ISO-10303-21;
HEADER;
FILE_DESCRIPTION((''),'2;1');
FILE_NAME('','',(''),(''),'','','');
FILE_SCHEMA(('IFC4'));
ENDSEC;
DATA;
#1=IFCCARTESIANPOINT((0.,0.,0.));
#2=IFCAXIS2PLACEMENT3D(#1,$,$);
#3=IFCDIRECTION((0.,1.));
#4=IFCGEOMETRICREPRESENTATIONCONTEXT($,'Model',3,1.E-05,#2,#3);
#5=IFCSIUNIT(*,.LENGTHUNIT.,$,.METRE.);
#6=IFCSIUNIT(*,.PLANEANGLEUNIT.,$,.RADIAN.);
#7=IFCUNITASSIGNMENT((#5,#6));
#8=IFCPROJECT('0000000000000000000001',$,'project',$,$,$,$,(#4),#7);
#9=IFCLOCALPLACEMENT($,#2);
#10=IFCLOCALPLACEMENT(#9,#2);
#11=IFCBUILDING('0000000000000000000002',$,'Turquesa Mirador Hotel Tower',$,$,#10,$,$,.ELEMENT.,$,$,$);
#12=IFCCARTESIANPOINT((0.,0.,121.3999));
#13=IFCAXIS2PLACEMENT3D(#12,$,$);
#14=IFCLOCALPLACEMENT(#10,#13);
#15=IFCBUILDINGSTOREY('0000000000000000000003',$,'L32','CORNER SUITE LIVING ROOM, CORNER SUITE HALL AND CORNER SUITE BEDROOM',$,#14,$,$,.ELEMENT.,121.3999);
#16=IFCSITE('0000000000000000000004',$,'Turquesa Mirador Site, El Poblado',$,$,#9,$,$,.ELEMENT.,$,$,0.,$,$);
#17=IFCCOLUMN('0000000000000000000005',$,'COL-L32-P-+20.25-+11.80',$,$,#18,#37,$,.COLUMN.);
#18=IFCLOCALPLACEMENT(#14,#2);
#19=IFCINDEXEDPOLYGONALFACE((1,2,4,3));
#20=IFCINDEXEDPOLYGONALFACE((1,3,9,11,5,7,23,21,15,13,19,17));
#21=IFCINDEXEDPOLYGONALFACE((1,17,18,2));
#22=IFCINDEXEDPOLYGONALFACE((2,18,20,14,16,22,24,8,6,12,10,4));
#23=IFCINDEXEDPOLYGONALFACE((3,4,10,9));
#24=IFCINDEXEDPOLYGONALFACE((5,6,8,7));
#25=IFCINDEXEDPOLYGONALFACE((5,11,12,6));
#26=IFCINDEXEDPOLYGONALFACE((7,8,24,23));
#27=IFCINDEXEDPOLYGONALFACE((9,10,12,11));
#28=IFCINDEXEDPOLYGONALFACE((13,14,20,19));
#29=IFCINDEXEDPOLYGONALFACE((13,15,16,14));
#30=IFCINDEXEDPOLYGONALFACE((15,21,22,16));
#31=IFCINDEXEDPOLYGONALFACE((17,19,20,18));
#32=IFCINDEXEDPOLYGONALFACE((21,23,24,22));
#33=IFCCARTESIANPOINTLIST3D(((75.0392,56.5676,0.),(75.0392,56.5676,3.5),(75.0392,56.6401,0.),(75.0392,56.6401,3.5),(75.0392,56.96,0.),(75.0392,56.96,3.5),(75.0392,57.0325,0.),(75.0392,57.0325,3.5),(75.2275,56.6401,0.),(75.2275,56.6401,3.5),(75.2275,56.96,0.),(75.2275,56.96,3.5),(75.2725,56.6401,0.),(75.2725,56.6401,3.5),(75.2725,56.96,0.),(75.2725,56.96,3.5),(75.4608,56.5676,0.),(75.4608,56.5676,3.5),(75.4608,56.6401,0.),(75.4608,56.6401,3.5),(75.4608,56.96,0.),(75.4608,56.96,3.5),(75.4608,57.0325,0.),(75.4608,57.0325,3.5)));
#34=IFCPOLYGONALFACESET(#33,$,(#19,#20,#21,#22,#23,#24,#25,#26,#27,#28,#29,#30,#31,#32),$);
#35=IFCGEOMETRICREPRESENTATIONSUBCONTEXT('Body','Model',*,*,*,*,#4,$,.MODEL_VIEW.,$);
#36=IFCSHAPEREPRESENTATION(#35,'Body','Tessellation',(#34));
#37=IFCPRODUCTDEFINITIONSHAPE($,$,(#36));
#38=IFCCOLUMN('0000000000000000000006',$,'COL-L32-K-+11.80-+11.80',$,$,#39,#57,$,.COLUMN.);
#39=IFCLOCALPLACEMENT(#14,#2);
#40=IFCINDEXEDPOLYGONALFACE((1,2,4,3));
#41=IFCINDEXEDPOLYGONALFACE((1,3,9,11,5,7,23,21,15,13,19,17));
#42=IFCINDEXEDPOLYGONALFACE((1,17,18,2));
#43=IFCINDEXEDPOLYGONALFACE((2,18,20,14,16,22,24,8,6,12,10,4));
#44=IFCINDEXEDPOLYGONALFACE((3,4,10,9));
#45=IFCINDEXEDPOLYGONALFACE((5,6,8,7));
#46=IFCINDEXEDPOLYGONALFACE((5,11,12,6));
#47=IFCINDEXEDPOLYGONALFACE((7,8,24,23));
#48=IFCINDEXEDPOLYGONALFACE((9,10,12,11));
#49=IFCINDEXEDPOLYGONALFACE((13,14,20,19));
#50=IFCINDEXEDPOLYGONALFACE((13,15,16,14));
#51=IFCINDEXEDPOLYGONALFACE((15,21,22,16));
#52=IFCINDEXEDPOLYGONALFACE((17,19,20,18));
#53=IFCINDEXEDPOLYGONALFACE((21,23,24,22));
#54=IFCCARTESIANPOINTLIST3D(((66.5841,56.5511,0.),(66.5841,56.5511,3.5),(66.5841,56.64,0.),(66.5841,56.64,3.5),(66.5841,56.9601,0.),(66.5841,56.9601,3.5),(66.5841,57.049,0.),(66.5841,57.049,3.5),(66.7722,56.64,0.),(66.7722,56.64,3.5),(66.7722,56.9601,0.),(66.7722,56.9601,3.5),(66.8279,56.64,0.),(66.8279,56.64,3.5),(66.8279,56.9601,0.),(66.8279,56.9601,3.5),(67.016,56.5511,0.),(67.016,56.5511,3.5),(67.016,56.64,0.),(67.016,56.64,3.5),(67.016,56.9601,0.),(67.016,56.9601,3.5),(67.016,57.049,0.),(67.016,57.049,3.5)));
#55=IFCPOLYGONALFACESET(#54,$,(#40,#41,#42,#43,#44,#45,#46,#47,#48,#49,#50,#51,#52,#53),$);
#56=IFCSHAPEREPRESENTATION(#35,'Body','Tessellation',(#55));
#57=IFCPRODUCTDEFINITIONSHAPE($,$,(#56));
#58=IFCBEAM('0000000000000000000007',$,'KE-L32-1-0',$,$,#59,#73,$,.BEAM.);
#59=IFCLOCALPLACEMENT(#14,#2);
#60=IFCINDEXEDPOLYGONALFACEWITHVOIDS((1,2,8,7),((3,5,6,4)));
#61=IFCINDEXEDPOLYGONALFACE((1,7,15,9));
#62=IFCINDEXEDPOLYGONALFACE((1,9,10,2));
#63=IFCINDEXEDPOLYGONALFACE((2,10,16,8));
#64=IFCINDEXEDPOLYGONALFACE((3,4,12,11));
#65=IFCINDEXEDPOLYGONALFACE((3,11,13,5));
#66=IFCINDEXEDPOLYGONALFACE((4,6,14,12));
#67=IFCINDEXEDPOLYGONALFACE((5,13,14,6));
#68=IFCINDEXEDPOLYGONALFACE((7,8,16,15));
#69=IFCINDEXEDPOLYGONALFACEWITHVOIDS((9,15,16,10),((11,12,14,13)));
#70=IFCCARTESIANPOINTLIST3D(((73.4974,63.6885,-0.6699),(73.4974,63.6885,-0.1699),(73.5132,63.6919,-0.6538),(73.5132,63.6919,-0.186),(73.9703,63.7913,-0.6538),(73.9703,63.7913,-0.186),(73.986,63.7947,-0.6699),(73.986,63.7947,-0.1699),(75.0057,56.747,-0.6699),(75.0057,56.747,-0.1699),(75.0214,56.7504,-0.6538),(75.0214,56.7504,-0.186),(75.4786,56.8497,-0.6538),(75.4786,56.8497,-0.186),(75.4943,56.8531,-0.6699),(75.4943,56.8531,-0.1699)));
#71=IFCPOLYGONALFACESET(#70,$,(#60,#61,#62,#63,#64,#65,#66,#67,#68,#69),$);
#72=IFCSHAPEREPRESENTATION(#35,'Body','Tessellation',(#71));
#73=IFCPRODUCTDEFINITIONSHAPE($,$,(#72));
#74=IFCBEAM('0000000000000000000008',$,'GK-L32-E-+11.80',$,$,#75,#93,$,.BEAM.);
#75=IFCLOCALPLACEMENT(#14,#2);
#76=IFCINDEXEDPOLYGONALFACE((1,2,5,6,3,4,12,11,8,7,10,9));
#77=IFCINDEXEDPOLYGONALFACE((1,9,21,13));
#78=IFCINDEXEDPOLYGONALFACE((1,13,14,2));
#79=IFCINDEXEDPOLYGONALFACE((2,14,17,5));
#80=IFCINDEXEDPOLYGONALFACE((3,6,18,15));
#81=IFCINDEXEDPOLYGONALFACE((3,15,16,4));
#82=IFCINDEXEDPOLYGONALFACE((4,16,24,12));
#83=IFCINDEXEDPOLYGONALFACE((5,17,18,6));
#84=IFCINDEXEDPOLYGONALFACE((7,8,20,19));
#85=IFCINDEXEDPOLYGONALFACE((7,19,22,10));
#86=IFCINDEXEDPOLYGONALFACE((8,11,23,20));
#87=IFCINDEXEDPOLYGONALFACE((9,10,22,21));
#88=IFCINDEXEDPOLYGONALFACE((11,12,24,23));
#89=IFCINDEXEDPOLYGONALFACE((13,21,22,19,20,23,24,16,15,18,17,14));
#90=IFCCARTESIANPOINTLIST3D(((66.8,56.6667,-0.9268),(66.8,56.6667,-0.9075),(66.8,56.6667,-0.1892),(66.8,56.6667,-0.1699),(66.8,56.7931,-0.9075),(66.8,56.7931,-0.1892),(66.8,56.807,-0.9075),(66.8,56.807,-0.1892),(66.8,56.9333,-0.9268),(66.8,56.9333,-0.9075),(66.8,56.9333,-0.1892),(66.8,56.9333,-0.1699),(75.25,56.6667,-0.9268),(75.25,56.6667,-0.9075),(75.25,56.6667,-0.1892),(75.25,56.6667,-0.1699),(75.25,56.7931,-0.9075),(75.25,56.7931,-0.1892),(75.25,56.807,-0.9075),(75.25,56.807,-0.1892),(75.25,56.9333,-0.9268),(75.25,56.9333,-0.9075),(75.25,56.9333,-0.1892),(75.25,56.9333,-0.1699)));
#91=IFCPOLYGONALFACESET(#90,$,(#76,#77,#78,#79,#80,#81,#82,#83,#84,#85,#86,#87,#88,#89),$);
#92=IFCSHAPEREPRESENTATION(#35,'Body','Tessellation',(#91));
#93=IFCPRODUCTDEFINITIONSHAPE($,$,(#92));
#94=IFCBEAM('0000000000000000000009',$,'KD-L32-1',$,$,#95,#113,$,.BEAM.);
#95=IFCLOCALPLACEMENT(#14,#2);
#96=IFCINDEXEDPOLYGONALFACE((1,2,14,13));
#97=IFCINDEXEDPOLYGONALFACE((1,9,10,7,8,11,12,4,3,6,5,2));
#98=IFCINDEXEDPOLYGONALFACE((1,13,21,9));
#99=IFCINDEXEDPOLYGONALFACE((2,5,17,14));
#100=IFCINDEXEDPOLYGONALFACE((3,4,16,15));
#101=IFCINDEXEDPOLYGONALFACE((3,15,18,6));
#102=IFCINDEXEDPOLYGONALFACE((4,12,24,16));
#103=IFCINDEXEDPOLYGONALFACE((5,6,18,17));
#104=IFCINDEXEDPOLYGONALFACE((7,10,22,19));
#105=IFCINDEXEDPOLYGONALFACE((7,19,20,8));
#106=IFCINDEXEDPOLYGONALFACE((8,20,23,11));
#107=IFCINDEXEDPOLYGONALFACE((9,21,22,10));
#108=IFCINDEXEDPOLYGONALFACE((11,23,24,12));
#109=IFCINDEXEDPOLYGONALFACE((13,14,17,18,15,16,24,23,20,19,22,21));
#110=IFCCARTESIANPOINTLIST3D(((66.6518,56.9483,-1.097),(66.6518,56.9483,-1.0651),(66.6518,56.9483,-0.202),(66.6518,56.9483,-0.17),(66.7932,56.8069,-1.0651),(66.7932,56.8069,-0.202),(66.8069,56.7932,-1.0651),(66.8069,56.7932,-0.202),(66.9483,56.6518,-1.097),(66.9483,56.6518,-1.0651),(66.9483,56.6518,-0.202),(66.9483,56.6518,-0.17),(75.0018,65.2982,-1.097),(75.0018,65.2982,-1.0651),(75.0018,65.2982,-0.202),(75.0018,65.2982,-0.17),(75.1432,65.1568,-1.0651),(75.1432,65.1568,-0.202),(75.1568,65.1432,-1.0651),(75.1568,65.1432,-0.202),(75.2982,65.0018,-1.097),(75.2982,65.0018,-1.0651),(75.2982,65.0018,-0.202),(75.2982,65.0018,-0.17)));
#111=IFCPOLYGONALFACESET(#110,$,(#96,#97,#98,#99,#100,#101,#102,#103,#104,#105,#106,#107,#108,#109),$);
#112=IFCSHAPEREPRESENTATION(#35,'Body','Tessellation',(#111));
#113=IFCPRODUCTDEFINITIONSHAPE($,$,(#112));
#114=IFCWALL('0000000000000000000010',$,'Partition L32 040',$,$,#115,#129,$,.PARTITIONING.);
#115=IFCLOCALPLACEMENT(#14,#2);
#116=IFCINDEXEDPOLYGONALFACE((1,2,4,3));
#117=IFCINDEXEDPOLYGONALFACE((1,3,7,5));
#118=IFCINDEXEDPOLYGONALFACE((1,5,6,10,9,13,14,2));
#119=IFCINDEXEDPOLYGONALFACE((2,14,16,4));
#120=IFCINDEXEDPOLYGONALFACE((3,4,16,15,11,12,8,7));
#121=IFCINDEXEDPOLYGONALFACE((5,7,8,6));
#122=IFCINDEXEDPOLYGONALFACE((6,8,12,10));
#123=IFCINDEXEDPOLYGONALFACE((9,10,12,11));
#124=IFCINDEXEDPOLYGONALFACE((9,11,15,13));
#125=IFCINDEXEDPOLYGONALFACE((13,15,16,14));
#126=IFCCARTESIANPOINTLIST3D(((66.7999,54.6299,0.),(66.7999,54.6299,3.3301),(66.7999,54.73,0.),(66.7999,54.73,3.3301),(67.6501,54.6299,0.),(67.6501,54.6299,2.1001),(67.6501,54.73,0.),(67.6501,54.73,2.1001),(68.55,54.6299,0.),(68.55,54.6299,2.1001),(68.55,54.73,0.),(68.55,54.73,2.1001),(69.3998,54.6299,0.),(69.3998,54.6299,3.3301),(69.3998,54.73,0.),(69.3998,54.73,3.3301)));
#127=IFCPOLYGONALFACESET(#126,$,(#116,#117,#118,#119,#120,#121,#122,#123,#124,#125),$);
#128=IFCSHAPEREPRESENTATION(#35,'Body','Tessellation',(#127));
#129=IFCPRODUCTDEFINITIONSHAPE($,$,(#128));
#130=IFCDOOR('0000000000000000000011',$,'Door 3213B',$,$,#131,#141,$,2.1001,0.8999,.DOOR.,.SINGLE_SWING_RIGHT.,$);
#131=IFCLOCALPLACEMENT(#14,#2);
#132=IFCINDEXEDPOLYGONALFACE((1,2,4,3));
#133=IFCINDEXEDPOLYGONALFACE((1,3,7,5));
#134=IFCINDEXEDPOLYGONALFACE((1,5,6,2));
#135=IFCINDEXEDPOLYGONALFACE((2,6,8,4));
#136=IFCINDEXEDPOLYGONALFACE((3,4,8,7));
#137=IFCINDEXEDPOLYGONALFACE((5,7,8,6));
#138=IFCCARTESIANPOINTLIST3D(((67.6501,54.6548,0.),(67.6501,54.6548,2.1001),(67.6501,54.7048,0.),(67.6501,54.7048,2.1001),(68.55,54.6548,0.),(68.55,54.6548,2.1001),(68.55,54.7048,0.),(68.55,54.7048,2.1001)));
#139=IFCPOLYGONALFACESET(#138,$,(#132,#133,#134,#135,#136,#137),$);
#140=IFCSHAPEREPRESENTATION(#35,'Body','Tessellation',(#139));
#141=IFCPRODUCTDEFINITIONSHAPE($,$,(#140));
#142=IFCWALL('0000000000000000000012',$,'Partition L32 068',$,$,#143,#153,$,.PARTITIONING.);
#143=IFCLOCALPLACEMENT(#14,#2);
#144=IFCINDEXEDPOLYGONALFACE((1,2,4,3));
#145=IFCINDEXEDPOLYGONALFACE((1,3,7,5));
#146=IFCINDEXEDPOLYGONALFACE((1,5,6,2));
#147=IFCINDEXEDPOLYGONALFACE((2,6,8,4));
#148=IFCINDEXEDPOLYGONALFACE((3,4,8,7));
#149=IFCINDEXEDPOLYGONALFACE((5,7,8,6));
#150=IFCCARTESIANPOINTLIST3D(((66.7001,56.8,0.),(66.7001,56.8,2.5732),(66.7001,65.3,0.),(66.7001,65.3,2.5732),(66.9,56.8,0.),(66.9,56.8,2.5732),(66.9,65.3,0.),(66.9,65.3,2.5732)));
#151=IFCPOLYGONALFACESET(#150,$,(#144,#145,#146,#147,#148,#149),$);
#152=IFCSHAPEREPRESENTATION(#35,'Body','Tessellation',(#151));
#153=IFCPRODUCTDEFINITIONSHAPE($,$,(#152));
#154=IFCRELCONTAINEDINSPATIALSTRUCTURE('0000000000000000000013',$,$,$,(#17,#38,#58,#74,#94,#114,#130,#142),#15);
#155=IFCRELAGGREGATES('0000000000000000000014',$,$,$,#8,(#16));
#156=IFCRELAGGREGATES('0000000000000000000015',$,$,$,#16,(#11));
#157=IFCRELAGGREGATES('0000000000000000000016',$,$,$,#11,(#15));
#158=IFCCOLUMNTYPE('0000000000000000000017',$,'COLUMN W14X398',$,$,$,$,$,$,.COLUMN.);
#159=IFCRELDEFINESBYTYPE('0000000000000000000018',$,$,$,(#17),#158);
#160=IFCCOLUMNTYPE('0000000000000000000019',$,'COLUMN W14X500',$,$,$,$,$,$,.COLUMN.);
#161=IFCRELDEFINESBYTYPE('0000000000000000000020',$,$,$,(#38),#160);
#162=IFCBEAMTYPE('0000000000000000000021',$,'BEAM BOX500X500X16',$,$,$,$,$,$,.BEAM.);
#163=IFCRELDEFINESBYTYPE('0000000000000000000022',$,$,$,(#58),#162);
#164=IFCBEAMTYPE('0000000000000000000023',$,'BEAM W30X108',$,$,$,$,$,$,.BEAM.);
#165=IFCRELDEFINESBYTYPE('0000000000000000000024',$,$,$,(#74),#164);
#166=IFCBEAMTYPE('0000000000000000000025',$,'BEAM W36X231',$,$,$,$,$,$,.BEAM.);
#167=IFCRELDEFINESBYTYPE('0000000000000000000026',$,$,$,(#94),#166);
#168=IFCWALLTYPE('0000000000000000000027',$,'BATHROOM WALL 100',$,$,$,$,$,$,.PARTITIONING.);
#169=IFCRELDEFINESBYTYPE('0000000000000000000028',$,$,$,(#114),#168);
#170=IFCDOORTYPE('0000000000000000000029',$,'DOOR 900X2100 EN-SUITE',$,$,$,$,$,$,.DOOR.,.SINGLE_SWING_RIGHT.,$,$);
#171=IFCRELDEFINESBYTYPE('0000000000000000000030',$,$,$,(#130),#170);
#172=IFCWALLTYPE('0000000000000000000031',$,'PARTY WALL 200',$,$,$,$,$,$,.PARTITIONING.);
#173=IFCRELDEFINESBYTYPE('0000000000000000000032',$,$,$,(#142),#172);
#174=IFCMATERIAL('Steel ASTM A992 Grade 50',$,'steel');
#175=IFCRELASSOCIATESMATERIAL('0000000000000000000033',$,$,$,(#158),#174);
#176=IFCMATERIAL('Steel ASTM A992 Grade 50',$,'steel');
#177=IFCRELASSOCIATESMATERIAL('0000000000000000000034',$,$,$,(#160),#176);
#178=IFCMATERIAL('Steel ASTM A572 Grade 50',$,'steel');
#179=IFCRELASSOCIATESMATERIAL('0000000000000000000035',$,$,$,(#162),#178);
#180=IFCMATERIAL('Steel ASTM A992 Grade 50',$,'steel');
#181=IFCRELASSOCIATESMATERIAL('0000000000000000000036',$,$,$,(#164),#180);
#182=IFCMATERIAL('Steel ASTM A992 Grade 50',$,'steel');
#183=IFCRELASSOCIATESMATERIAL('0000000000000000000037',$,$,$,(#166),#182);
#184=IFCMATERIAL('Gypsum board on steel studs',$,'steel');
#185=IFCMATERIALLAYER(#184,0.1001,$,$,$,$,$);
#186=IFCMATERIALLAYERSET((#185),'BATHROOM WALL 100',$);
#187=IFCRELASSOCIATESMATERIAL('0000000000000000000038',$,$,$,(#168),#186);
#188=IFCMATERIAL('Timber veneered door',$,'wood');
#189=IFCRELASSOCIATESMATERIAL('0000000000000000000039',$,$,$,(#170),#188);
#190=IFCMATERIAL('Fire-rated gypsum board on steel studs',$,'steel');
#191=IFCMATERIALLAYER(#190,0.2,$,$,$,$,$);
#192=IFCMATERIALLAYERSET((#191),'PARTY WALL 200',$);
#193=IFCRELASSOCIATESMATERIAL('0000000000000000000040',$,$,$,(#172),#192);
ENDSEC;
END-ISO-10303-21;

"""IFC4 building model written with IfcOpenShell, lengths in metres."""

from ifc_helpers import new_model, si_unit, direction, frame, frame_2d, origin, origin_2d, place, context, subcontext, project, spatial, rectangle, hollow_rectangle, i_section, extrude, material, layer, layer_set, material_profile, profile_set, type_object, element, fill, save


model = new_model("IFC4")

# Units and contexts
model_context = context("Model", 3, precision=1e-05, world=origin(), true_north=direction((0.0, 1.0)))
body_context = subcontext(model_context, "Body", "Model", "MODEL_VIEW")
ifc_project = project(units=[si_unit("LENGTHUNIT", "METRE"), si_unit("PLANEANGLEUNIT", "RADIAN")], contexts=[model_context])

# Site, building, storey
site_placement = place(None, origin())
site = spatial("IfcSite", under=ifc_project, at=site_placement, Name="Turquesa Mirador Site, El Poblado", CompositionType="ELEMENT", RefElevation=0.0)
building_placement = place(site_placement, origin())
building = spatial("IfcBuilding", under=site, at=building_placement, Name="Turquesa Mirador Hotel Tower", CompositionType="ELEMENT")
storey_placement = place(building_placement, frame((0.0, 0.0, 121.3999)))
storey = spatial("IfcBuildingStorey", under=building, at=storey_placement, Name="L32", Description="CORNER SUITE LIVING ROOM, CORNER SUITE HALL AND CORNER SUITE BEDROOM", CompositionType="ELEMENT", Elevation=121.3999)

# Columns
ifc_material_1 = material(Name="Steel ASTM A992 Grade 50", Category="steel")
ifc_material_profile_1 = material_profile(ifc_material_1, i_section(OverallWidth=0.4216, OverallDepth=0.4648, WebThickness=0.0449, FlangeThickness=0.0725, at=origin_2d()), Name="W14X398")
ifc_profile_set_1 = profile_set([ifc_material_profile_1], Name="Steel ASTM A992 Grade 50")
column_type_1 = type_object("IfcColumnType", Name="COLUMN W14X398", PredefinedType="COLUMN", material=ifc_profile_set_1)
column_1_placement = place(storey_placement, frame((75.25, 56.8, 0.0), z_axis=(0.0, 0.0, 1.0), x_axis=(1.0, 0.0, 0.0)))
element("IfcColumn", 1, at=column_1_placement, inside=storey, type_object=column_type_1, Name="COL-L32-P-+20.25-+11.80", PredefinedType="COLUMN", context=body_context, shape_type="SweptSolid", body=[
    extrude(i_section(OverallWidth=0.4216, OverallDepth=0.4648, WebThickness=0.0449, FlangeThickness=0.0725, at=origin_2d()), origin(), (0.0, 0.0, 1.0), 3.5),
])
ifc_material_2 = material(Name="Steel ASTM A992 Grade 50", Category="steel")
ifc_material_profile_2 = material_profile(ifc_material_2, i_section(OverallWidth=0.4319, OverallDepth=0.4978, WebThickness=0.0557, FlangeThickness=0.0889, at=origin_2d()), Name="W14X500")
ifc_profile_set_2 = profile_set([ifc_material_profile_2], Name="Steel ASTM A992 Grade 50")
column_type_2 = type_object("IfcColumnType", Name="COLUMN W14X500", PredefinedType="COLUMN", material=ifc_profile_set_2)
column_2_placement = place(storey_placement, frame((66.8, 56.8, 0.0), z_axis=(0.0, 0.0, 1.0), x_axis=(1.0, 0.0, 0.0)))
element("IfcColumn", 2, at=column_2_placement, inside=storey, type_object=column_type_2, Name="COL-L32-K-+11.80-+11.80", PredefinedType="COLUMN", context=body_context, shape_type="SweptSolid", body=[
    extrude(i_section(OverallWidth=0.4319, OverallDepth=0.4978, WebThickness=0.0557, FlangeThickness=0.0889, at=origin_2d()), origin(), (0.0, 0.0, 1.0), 3.5),
])

# Beams
ifc_material_3 = material(Name="Steel ASTM A572 Grade 50", Category="steel")
ifc_material_profile_3 = material_profile(ifc_material_3, hollow_rectangle(XDim=0.5, YDim=0.5, WallThickness=0.0161, at=origin_2d()), Name="BOX500X500X16")
ifc_profile_set_3 = profile_set([ifc_material_profile_3], Name="Steel ASTM A572 Grade 50")
beam_type_1 = type_object("IfcBeamType", Name="BEAM BOX500X500X16", PredefinedType="BEAM", material=ifc_profile_set_3)
beam_1_placement = place(storey_placement, frame((75.25, 56.8, -0.4199), z_axis=(-0.212328, 0.977198, 0.0), x_axis=(-0.977198, -0.212328, 0.0)))
element("IfcBeam", 3, at=beam_1_placement, inside=storey, type_object=beam_type_1, Name="KE-L32-1-0", PredefinedType="BEAM", context=body_context, shape_type="SweptSolid", body=[
    extrude(hollow_rectangle(XDim=0.5, YDim=0.5, WallThickness=0.0161, at=origin_2d()), origin(), (0.0, 0.0, 1.0), 7.1035),
])
ifc_material_4 = material(Name="Steel ASTM A992 Grade 50", Category="steel")
ifc_material_profile_4 = material_profile(ifc_material_4, i_section(OverallWidth=0.2666, OverallDepth=0.7568, WebThickness=0.0139, FlangeThickness=0.0193, at=origin_2d()), Name="W30X108")
ifc_profile_set_4 = profile_set([ifc_material_profile_4], Name="Steel ASTM A992 Grade 50")
beam_type_2 = type_object("IfcBeamType", Name="BEAM W30X108", PredefinedType="BEAM", material=ifc_profile_set_4)
beam_2_placement = place(storey_placement, frame((75.25, 56.8, -0.5483), z_axis=(-1.0, 0.0, 0.0), x_axis=(0.0, -1.0, 0.0)))
element("IfcBeam", 4, at=beam_2_placement, inside=storey, type_object=beam_type_2, Name="GK-L32-E-+11.80", PredefinedType="BEAM", context=body_context, shape_type="SweptSolid", body=[
    extrude(i_section(OverallWidth=0.2666, OverallDepth=0.7568, WebThickness=0.0139, FlangeThickness=0.0193, at=origin_2d()), origin(), (0.0, 0.0, 1.0), 8.45),
])
ifc_material_5 = material(Name="Steel ASTM A992 Grade 50", Category="steel")
ifc_material_profile_5 = material_profile(ifc_material_5, i_section(OverallWidth=0.4192, OverallDepth=0.927, WebThickness=0.0193, FlangeThickness=0.032, at=origin_2d()), Name="W36X231")
ifc_profile_set_5 = profile_set([ifc_material_profile_5], Name="Steel ASTM A992 Grade 50")
beam_type_3 = type_object("IfcBeamType", Name="BEAM W36X231", PredefinedType="BEAM", material=ifc_profile_set_5)
beam_3_placement = place(storey_placement, frame((66.8, 56.8, -0.6335), z_axis=(0.707107, 0.707107, 0.0), x_axis=(-0.707107, 0.707107, 0.0)))
element("IfcBeam", 5, at=beam_3_placement, inside=storey, type_object=beam_type_3, Name="KD-L32-1", PredefinedType="BEAM", context=body_context, shape_type="SweptSolid", body=[
    extrude(i_section(OverallWidth=0.4192, OverallDepth=0.927, WebThickness=0.0193, FlangeThickness=0.032, at=origin_2d()), origin(), (0.0, 0.0, 1.0), 11.8086),
])

# Wall, opening, door
ifc_material_6 = material(Name="Gypsum board on steel studs", Category="steel")
ifc_layer_1 = layer(ifc_material_6, 0.1001)
ifc_layer_set_1 = layer_set([ifc_layer_1], Name="BATHROOM WALL 100")
wall_type_1 = type_object("IfcWallType", Name="BATHROOM WALL 100", PredefinedType="PARTITIONING", material=ifc_layer_set_1)
wall_1_placement = place(storey_placement, frame((66.8, 54.6799, 0.0), z_axis=(0.0, 0.0, 1.0), x_axis=(1.0, 0.0, 0.0)))
wall_1 = element("IfcWall", 6, at=wall_1_placement, inside=storey, type_object=wall_type_1, Name="Partition L32 040", PredefinedType="PARTITIONING", context=body_context, shape_type="SweptSolid", body=[
    extrude(rectangle(XDim=2.5999, YDim=0.1001, at=frame_2d((1.2998, 0.0))), origin(), (0.0, 0.0, 1.0), 3.3301),
])
opening_1_placement = place(wall_1_placement, frame((0.8501, 0.0, 0.0)))
opening_1 = element("IfcOpeningElement", 7, at=opening_1_placement, cuts=wall_1, PredefinedType="OPENING", context=body_context, shape_type="SweptSolid", body=[
    extrude(rectangle(XDim=0.8999, YDim=2.1001, at=frame_2d((0.45, 1.05))), frame((0.0, 0.0601, 0.0), z_axis=(0.0, -1.0, 0.0), x_axis=(1.0, 0.0, 0.0)), (0.0, 0.0, 1.0), 0.1201),
])
ifc_material_7 = material(Name="Timber veneered door", Category="wood")
door_type_1 = type_object("IfcDoorType", Name="DOOR 900X2100 EN-SUITE", OperationType="SINGLE_SWING_RIGHT", PredefinedType="DOOR", material=ifc_material_7)
door_1_placement = place(opening_1_placement, origin())
door_1 = element("IfcDoor", 8, at=door_1_placement, inside=storey, type_object=door_type_1, Name="Door 3213B", OperationType="SINGLE_SWING_RIGHT", OverallHeight=2.1001, OverallWidth=0.8999, PredefinedType="DOOR", context=body_context, shape_type="SweptSolid", body=[
    extrude(rectangle(XDim=0.8999, YDim=2.1001, at=frame_2d((0.45, 1.05))), frame((0.0, 0.0249, 0.0), z_axis=(0.0, -1.0, 0.0), x_axis=(1.0, 0.0, 0.0)), (0.0, 0.0, 1.0), 0.05),
])
fill(opening_1, door_1)

# Wall
ifc_material_8 = material(Name="Fire-rated gypsum board on steel studs", Category="steel")
ifc_layer_2 = layer(ifc_material_8, 0.2)
ifc_layer_set_2 = layer_set([ifc_layer_2], Name="PARTY WALL 200")
wall_type_2 = type_object("IfcWallType", Name="PARTY WALL 200", PredefinedType="PARTITIONING", material=ifc_layer_set_2)
wall_2_placement = place(storey_placement, frame((66.8, 56.8, 0.0), z_axis=(0.0, 0.0, 1.0), x_axis=(0.0, 1.0, 0.0)))
element("IfcWall", 9, at=wall_2_placement, inside=storey, type_object=wall_type_2, Name="Partition L32 068", PredefinedType="PARTITIONING", context=body_context, shape_type="SweptSolid", body=[
    extrude(rectangle(XDim=8.5, YDim=0.2, at=frame_2d((4.25, 0.0))), origin(), (0.0, 0.0, 1.0), 2.5732),
])

save(model, "model.ifc")
